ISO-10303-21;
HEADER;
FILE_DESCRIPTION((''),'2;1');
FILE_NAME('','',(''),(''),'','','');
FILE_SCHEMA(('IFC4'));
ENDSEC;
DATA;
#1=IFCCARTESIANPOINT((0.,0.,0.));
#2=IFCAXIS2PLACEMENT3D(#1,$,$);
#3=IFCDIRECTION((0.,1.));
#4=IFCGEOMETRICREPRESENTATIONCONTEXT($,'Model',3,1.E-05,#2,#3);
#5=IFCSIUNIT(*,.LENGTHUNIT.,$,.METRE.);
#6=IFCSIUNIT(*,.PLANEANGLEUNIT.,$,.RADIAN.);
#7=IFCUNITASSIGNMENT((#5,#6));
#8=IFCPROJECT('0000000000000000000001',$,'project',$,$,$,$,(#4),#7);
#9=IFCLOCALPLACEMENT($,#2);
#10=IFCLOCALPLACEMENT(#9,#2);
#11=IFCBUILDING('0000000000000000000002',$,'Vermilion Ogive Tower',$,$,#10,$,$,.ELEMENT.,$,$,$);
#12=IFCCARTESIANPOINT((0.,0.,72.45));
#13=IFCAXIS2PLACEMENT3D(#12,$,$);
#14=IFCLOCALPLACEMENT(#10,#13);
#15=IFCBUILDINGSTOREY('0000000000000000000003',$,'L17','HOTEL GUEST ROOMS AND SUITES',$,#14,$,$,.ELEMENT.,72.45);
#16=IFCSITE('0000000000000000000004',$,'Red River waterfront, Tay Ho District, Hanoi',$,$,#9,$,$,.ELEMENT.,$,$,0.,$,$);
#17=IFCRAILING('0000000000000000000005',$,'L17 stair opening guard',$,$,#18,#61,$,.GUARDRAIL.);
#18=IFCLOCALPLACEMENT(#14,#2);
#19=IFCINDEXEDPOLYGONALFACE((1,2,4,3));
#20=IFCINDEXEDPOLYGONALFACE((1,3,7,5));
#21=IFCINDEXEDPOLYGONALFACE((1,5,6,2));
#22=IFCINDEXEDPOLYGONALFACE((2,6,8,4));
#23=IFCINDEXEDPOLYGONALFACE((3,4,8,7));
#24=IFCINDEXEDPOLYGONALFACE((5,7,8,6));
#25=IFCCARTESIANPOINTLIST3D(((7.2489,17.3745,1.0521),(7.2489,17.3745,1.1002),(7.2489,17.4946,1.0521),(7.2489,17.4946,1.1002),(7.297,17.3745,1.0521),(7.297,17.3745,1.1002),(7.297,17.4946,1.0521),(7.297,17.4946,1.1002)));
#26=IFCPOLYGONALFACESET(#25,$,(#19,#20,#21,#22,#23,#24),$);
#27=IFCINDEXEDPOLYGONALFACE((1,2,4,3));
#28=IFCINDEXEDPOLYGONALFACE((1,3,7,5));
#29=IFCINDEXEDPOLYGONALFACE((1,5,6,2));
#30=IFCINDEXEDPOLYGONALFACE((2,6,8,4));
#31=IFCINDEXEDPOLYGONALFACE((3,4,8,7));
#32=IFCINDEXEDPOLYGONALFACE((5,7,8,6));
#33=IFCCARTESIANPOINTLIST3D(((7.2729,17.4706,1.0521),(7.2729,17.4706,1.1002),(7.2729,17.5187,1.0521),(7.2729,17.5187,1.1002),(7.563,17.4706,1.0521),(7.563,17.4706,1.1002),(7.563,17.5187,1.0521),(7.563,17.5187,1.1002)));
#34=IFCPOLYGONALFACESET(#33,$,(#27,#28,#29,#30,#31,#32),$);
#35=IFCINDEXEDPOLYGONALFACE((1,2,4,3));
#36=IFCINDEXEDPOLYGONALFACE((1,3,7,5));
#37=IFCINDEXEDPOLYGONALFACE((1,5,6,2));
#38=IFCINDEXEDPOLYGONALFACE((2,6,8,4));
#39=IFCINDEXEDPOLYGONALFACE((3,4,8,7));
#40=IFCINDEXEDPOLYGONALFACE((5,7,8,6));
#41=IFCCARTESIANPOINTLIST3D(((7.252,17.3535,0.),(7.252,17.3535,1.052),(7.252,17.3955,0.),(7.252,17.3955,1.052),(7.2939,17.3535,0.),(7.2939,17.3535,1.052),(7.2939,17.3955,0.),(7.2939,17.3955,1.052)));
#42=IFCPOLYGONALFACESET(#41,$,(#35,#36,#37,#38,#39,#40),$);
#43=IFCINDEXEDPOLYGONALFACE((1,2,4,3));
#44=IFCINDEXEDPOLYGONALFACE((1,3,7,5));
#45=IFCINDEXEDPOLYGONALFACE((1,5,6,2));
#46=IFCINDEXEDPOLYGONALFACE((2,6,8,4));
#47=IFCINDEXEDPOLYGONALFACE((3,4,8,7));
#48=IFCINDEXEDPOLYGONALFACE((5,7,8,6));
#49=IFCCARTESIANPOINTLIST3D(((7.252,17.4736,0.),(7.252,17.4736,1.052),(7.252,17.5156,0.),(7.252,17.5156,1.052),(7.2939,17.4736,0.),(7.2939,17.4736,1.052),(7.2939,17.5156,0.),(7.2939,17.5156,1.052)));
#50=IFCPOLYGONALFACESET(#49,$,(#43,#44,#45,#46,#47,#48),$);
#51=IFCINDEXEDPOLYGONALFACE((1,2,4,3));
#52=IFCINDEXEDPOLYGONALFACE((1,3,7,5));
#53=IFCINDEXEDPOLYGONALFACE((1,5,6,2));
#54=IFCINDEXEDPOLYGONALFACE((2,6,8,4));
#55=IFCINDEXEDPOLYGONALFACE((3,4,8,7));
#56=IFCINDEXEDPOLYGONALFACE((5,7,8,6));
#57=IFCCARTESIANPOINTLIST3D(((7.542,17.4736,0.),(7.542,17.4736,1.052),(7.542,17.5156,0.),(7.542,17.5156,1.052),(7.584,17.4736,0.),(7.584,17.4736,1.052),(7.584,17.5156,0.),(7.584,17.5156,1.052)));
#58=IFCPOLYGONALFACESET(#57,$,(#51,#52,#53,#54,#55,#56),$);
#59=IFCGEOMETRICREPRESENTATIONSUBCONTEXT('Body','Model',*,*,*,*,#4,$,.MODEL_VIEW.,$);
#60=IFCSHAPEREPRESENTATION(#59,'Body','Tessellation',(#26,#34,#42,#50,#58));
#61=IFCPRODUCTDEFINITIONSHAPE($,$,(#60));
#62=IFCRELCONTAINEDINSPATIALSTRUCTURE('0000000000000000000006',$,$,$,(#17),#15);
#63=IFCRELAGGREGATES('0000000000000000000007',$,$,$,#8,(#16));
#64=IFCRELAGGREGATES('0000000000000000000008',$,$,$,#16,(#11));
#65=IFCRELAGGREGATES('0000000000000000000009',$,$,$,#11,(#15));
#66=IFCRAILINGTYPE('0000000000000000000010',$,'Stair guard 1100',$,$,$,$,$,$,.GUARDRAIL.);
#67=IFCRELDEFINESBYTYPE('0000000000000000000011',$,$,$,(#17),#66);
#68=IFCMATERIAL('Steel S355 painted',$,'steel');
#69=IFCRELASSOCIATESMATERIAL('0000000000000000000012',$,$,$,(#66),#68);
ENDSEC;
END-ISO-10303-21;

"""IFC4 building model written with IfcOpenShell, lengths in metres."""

from ifc_helpers import new_model, si_unit, direction, frame, origin, origin_2d, place, context, subcontext, project, spatial, rectangle, extrude, material, type_object, element, save


model = new_model("IFC4")

# Units and contexts
model_context = context("Model", 3, precision=1e-05, world=origin(), true_north=direction((0.0, 1.0)))
body_context = subcontext(model_context, "Body", "Model", "MODEL_VIEW")
ifc_project = project(units=[si_unit("LENGTHUNIT", "METRE"), si_unit("PLANEANGLEUNIT", "RADIAN")], contexts=[model_context])

# Site, building, storey
site_placement = place(None, origin())
site = spatial("IfcSite", under=ifc_project, at=site_placement, Name="Red River waterfront, Tay Ho District, Hanoi", CompositionType="ELEMENT", RefElevation=0.0)
building_placement = place(site_placement, origin())
building = spatial("IfcBuilding", under=site, at=building_placement, Name="Vermilion Ogive Tower", CompositionType="ELEMENT")
storey_placement = place(building_placement, frame((0.0, 0.0, 72.45)))
storey = spatial("IfcBuildingStorey", under=building, at=storey_placement, Name="L17", Description="HOTEL GUEST ROOMS AND SUITES", CompositionType="ELEMENT", Elevation=72.45)

# Railing
ifc_material_1 = material(Name="Steel S355 painted", Category="steel")
railing_type_1 = type_object("IfcRailingType", Name="Stair guard 1100", PredefinedType="GUARDRAIL", material=ifc_material_1)
railing_1_placement = place(storey_placement, frame((7.2729, 17.3745, 0.0)))
element("IfcRailing", 1, at=railing_1_placement, inside=storey, type_object=railing_type_1, Name="L17 stair opening guard", PredefinedType="GUARDRAIL", context=body_context, shape_type="SweptSolid", body=[
    extrude(rectangle(XDim=0.0481, YDim=0.0481, at=origin_2d()), frame((0.0, 0.0, 1.0762), z_axis=(0.0, 1.0, 0.0), x_axis=(-1.0, 0.0, 0.0)), (0.0, 0.0, 1.0), 0.1201),
    extrude(rectangle(XDim=0.0481, YDim=0.0481, at=origin_2d()), frame((0.0, 0.1201, 1.0762), z_axis=(1.0, 0.0, 0.0), x_axis=(0.0, 1.0, 0.0)), (0.0, 0.0, 1.0), 0.29),
    extrude(rectangle(XDim=0.042, YDim=0.042, at=origin_2d()), origin(), (0.0, 0.0, 1.0), 1.052),
    extrude(rectangle(XDim=0.042, YDim=0.042, at=origin_2d()), frame((0.0, 0.1201, 0.0)), (0.0, 0.0, 1.0), 1.052),
    extrude(rectangle(XDim=0.042, YDim=0.042, at=origin_2d()), frame((0.29, 0.1201, 0.0)), (0.0, 0.0, 1.0), 1.052),
])

save(model, "model.ifc")
